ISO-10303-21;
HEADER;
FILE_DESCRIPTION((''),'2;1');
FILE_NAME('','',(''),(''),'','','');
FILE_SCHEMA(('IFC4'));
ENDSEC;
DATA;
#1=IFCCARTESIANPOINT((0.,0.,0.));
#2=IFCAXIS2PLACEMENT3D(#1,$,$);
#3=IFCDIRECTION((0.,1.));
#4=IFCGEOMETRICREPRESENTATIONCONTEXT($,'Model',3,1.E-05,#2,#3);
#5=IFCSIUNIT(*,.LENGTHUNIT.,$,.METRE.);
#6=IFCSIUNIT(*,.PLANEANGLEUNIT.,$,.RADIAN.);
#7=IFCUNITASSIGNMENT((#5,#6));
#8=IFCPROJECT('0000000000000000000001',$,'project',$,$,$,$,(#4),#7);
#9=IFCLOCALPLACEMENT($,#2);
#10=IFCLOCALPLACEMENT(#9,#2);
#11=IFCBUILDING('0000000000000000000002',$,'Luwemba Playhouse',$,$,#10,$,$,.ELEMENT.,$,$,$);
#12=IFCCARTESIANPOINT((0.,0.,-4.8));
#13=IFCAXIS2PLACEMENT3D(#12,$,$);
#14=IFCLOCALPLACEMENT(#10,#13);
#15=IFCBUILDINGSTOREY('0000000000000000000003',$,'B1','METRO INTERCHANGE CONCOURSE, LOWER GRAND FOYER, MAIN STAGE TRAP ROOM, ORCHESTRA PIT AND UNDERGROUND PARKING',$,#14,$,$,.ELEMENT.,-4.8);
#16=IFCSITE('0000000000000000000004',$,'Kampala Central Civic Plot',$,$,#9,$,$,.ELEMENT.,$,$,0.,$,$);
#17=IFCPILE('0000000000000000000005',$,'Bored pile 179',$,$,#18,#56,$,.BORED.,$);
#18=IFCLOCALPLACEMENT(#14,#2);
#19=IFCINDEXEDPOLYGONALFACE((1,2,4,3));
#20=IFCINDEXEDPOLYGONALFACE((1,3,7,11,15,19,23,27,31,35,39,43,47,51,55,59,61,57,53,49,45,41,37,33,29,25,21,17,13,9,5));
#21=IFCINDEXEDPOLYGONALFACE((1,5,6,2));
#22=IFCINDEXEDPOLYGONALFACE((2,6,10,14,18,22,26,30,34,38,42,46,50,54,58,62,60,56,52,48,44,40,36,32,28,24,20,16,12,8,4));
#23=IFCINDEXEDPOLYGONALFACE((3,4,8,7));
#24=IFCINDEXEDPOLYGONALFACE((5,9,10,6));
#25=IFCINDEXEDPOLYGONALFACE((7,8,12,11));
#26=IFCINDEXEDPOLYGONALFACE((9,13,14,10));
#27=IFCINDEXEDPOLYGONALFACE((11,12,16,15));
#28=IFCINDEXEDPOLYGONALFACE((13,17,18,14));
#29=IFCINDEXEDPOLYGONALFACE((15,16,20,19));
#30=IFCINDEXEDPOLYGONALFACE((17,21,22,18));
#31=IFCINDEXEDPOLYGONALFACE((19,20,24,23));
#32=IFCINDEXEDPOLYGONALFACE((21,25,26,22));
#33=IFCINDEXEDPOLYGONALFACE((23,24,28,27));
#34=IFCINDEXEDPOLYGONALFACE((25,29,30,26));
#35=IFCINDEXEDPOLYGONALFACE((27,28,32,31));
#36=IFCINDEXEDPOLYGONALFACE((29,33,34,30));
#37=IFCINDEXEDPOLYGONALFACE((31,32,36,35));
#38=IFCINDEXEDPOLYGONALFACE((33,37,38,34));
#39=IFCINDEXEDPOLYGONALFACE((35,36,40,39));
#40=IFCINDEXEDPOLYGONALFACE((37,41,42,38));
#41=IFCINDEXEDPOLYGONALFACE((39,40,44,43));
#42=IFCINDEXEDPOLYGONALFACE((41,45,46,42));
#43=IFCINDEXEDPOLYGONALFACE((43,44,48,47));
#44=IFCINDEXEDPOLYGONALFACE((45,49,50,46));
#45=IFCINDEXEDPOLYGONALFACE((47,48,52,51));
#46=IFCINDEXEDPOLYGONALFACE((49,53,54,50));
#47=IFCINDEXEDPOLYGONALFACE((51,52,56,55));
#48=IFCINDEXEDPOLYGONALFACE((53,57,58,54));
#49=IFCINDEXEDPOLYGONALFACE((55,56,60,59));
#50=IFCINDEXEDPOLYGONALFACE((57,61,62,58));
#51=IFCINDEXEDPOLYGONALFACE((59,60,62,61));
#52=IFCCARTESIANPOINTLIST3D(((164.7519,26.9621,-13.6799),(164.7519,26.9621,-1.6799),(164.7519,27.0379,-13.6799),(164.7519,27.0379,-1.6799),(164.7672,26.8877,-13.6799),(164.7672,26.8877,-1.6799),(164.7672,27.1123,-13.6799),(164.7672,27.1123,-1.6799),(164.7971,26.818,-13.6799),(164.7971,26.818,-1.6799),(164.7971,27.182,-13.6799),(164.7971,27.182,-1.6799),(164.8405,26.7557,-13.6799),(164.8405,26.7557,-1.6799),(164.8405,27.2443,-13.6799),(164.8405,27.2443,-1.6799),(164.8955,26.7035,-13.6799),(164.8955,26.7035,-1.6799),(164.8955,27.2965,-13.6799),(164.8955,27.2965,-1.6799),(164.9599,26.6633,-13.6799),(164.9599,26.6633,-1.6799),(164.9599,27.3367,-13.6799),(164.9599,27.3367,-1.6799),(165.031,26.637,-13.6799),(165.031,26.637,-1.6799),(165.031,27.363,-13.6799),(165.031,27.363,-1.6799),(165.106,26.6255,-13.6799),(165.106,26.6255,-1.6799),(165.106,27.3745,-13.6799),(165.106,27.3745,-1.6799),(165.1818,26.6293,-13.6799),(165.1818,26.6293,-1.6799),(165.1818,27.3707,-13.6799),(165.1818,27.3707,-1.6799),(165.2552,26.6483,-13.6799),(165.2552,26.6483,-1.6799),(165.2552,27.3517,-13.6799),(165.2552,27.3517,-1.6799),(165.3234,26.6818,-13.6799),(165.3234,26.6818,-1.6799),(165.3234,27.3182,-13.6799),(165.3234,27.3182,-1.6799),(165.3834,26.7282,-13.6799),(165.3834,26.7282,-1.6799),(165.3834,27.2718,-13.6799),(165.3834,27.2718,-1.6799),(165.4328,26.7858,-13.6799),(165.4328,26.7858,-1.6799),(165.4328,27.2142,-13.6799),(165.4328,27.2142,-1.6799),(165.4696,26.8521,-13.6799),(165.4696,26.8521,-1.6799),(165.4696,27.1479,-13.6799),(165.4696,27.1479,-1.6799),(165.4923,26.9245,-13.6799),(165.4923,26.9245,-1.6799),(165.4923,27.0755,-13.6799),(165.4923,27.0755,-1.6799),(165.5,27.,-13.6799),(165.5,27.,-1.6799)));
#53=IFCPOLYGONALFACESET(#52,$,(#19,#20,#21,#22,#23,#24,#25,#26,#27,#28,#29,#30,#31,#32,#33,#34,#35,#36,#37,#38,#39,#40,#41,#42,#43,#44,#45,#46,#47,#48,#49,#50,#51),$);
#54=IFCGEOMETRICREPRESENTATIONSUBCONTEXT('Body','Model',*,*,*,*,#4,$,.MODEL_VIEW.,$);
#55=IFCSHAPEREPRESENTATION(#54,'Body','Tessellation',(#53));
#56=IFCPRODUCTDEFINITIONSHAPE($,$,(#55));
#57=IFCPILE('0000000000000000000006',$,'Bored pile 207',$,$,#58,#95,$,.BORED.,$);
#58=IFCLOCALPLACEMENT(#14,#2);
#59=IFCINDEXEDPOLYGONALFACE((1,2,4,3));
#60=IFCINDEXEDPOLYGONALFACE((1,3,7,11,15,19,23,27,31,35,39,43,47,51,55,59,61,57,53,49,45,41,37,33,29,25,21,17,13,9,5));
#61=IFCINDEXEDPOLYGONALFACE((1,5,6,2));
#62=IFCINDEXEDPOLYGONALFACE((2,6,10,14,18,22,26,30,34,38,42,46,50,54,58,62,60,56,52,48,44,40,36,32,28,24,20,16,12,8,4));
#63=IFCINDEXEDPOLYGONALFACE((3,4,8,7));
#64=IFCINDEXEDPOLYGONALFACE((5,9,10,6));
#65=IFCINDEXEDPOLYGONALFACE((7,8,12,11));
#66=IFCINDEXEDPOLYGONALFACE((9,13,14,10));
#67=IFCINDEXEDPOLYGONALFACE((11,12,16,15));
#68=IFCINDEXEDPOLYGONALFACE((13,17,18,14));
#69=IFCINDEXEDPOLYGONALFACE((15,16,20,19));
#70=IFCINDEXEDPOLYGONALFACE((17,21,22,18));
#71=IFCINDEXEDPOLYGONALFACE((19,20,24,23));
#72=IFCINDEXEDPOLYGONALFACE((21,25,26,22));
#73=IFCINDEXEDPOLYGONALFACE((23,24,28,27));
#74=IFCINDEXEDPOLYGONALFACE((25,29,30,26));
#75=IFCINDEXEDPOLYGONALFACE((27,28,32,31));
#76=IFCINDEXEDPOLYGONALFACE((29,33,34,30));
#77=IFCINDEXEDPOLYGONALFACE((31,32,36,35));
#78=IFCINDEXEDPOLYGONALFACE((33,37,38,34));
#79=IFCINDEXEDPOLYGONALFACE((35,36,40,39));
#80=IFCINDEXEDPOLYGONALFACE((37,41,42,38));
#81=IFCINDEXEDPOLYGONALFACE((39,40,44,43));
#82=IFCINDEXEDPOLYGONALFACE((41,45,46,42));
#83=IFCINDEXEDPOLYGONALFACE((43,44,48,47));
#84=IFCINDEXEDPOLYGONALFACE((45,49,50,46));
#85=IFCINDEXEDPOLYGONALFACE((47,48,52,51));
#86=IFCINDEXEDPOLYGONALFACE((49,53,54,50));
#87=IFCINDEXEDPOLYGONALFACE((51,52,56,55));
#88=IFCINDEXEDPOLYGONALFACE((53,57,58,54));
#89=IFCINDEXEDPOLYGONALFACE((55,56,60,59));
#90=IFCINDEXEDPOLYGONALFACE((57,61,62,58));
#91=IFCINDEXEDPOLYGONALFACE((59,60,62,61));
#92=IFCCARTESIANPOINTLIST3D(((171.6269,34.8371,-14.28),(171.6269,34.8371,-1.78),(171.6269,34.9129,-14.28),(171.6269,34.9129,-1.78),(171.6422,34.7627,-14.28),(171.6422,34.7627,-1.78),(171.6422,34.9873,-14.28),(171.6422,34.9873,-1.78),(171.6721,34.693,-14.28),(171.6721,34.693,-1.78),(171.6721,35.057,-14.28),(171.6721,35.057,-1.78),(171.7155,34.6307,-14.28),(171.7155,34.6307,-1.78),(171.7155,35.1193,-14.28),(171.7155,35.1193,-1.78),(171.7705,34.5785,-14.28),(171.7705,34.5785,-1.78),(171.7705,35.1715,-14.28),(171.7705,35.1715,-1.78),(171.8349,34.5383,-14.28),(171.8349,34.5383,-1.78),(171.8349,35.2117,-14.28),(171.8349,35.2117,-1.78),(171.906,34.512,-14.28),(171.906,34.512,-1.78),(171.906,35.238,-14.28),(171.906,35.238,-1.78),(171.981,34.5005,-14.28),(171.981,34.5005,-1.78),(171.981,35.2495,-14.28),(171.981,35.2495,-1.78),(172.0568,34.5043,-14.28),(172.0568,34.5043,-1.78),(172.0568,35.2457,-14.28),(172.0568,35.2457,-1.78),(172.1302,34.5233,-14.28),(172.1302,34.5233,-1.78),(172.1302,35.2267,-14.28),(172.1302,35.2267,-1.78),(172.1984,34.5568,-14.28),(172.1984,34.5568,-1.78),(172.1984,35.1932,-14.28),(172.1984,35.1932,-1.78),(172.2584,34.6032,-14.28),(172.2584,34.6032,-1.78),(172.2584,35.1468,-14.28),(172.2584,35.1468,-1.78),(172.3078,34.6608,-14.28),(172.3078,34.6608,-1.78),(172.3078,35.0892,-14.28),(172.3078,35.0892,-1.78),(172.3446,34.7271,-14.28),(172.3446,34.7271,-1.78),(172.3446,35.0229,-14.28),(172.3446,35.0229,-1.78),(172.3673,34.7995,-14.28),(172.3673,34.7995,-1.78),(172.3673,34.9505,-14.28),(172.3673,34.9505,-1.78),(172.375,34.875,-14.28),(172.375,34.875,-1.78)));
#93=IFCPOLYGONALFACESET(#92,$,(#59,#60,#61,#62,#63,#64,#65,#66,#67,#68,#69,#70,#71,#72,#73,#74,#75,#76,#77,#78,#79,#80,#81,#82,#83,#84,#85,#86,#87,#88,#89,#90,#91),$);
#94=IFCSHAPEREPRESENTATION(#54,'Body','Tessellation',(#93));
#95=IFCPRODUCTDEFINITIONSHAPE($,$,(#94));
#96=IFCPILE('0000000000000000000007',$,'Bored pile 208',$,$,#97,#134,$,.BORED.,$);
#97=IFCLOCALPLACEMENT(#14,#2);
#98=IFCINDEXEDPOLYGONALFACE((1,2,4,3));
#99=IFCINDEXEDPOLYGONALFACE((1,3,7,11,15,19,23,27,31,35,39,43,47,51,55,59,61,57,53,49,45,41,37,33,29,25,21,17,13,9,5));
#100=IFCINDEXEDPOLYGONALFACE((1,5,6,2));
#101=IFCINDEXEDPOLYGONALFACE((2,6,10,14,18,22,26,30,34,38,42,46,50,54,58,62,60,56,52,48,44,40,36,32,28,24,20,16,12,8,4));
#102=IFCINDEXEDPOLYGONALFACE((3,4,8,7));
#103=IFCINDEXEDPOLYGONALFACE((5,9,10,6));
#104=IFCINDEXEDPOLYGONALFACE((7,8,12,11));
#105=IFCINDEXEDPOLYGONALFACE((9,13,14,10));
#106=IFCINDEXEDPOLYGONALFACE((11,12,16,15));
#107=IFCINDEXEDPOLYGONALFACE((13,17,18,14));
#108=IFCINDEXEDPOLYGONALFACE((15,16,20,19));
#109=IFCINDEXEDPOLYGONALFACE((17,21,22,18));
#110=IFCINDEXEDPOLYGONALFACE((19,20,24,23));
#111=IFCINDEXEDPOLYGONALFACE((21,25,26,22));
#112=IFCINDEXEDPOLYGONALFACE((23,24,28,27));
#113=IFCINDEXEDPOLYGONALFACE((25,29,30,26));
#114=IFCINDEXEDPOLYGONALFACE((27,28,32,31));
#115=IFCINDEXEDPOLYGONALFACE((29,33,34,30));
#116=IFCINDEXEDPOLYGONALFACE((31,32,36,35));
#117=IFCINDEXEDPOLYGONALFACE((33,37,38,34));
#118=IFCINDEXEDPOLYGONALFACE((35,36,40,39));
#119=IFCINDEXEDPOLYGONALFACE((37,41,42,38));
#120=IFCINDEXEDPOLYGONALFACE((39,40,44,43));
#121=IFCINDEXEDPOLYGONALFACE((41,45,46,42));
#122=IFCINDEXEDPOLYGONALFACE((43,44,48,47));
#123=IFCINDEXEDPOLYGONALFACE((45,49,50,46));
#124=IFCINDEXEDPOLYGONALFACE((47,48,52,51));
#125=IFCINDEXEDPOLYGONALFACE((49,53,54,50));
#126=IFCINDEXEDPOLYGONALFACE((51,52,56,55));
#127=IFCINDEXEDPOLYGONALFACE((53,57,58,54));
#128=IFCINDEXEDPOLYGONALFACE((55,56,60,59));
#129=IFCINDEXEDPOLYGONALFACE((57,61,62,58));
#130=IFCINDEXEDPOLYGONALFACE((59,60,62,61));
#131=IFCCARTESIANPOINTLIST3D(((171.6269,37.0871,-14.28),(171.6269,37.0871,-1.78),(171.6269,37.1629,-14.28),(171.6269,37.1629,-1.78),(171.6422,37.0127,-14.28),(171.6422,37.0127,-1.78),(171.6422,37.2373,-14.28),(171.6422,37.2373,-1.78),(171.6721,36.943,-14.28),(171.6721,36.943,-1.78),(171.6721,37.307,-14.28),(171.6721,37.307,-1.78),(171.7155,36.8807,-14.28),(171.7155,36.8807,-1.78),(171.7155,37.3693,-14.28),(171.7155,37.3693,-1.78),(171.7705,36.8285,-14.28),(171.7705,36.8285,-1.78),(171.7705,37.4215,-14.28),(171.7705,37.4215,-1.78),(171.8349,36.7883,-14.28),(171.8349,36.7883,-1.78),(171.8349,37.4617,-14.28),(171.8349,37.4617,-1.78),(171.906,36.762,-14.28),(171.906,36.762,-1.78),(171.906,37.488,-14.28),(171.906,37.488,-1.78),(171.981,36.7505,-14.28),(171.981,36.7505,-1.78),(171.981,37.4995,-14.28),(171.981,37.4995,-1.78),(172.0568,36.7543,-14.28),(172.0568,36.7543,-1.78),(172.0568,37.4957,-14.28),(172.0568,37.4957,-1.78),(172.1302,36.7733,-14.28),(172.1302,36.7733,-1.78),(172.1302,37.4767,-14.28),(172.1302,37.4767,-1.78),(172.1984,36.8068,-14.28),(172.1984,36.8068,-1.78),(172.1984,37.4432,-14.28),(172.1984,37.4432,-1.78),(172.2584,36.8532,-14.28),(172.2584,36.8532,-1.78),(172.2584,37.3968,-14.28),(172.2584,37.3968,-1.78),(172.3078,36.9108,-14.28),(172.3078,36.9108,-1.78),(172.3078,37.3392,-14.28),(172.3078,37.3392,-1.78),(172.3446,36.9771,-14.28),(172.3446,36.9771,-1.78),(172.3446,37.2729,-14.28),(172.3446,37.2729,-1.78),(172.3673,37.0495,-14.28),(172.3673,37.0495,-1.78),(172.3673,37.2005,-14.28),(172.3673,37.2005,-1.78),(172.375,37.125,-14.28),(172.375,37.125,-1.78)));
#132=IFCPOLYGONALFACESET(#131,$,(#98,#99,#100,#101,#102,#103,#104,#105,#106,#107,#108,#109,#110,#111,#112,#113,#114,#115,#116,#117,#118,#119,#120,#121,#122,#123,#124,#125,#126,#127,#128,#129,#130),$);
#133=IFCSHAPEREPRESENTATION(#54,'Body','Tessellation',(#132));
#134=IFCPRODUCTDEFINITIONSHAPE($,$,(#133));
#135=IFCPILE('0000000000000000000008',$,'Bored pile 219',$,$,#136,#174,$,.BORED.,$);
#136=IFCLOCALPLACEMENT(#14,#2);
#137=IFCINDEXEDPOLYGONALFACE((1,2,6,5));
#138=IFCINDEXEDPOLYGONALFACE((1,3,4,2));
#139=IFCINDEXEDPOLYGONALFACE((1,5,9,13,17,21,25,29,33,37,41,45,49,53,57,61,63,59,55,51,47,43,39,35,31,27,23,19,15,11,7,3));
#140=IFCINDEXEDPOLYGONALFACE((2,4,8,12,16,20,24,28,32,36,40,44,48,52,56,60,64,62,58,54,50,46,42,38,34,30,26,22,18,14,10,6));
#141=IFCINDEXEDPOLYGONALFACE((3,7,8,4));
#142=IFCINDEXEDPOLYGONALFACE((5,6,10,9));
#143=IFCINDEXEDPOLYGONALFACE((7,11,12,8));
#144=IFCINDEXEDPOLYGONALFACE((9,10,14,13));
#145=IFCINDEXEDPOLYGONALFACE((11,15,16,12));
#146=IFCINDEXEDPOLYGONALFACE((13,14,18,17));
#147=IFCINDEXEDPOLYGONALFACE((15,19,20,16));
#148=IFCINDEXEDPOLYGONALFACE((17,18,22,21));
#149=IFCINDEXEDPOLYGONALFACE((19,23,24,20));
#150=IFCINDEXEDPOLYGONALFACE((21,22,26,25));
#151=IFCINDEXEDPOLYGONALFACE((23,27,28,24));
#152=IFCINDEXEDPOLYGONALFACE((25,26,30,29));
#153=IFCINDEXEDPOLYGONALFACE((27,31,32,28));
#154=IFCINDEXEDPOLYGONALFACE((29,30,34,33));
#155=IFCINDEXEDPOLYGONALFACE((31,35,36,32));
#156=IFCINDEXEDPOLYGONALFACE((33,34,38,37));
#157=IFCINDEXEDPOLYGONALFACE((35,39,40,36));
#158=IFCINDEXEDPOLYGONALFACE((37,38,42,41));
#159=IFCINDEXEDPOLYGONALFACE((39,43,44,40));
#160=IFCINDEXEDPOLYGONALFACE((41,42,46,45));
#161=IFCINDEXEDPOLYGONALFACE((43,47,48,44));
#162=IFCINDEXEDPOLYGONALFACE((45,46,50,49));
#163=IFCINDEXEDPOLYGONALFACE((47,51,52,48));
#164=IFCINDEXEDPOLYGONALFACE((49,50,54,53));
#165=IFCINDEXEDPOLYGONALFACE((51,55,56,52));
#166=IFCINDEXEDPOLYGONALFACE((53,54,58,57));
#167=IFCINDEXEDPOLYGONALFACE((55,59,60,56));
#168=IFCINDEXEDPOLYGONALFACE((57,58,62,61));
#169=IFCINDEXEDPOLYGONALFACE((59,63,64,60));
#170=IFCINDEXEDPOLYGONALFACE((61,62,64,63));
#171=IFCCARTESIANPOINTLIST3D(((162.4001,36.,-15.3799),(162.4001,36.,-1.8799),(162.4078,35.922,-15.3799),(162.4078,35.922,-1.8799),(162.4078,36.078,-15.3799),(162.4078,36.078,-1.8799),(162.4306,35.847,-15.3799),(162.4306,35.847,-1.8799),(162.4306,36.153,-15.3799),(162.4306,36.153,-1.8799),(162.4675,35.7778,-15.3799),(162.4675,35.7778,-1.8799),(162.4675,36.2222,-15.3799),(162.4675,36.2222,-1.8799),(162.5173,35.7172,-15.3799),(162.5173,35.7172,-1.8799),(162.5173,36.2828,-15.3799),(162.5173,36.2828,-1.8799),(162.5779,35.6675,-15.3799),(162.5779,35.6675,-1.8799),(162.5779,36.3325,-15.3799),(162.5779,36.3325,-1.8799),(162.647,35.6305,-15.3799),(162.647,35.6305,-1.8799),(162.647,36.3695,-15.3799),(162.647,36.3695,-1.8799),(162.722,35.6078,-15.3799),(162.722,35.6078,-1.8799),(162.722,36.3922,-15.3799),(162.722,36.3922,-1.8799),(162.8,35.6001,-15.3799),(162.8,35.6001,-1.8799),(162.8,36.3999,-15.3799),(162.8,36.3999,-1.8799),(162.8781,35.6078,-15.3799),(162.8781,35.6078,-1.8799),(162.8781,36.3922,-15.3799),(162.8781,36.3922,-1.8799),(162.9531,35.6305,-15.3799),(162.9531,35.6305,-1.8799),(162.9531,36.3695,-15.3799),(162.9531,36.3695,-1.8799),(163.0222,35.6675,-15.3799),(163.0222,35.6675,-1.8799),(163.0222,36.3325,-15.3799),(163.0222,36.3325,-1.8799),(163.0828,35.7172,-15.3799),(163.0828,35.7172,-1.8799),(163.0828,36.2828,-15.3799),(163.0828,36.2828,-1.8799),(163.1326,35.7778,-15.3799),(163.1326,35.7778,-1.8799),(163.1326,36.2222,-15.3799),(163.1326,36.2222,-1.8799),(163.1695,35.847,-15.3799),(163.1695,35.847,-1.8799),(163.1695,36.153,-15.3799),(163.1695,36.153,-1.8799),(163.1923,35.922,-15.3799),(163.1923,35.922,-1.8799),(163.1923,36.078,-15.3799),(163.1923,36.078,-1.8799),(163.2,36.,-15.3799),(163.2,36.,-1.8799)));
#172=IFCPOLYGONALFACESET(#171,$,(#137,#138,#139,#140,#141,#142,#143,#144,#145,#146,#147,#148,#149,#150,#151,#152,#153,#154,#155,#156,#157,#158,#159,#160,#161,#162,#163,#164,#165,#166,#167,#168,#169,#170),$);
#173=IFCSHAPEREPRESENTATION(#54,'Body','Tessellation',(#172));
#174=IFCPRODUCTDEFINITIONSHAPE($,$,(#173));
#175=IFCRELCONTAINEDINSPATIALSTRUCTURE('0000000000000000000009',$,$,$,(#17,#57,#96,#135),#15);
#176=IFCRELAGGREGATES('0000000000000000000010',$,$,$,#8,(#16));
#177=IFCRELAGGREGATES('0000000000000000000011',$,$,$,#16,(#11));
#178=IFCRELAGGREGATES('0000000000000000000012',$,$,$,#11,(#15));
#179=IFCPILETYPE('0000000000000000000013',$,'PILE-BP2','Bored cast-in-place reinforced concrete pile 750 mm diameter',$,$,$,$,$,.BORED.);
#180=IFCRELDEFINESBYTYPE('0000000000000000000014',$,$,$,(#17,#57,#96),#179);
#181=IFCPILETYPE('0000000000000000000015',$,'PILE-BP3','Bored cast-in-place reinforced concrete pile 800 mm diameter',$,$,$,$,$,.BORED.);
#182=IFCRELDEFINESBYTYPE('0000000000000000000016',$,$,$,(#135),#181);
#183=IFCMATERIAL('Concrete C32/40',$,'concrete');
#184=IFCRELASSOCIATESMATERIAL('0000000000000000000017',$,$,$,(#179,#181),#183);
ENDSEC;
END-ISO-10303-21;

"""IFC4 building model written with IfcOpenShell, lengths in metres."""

from ifc_helpers import new_model, si_unit, direction, frame, origin, origin_2d, place, context, subcontext, project, spatial, circle, extrude, material, material_profile, profile_set, type_object, element, save


model = new_model("IFC4")

# Units and contexts
model_context = context("Model", 3, precision=1e-05, world=origin(), true_north=direction((0.0, 1.0)))
body_context = subcontext(model_context, "Body", "Model", "MODEL_VIEW")
ifc_project = project(units=[si_unit("LENGTHUNIT", "METRE"), si_unit("PLANEANGLEUNIT", "RADIAN")], contexts=[model_context])

# Site, building, storey
site_placement = place(None, origin())
site = spatial("IfcSite", under=ifc_project, at=site_placement, Name="Kampala Central Civic Plot", CompositionType="ELEMENT", RefElevation=0.0)
building_placement = place(site_placement, origin())
building = spatial("IfcBuilding", under=site, at=building_placement, Name="Luwemba Playhouse", CompositionType="ELEMENT")
storey_placement = place(building_placement, frame((0.0, 0.0, -4.8)))
storey = spatial("IfcBuildingStorey", under=building, at=storey_placement, Name="B1", Description="METRO INTERCHANGE CONCOURSE, LOWER GRAND FOYER, MAIN STAGE TRAP ROOM, ORCHESTRA PIT AND UNDERGROUND PARKING", CompositionType="ELEMENT", Elevation=-4.8)

# Shared definitions
ifc_material_1 = material(Name="Concrete C32/40", Category="concrete")

# Piles
ifc_material_profile_1 = material_profile(ifc_material_1, circle(Radius=0.375, at=origin_2d()))
ifc_profile_set_1 = profile_set([ifc_material_profile_1], Name="Concrete C32/40")
pile_type_1 = type_object("IfcPileType", Name="PILE-BP2", Description="Bored cast-in-place reinforced concrete pile 750 mm diameter", PredefinedType="BORED", material=ifc_profile_set_1)
for number, where, z_axis, x_axis, name in (
    (1, (165.125, 27.0, -1.6799), (0.0, 0.0, -1.0), (1.0, 0.0, 0.0), "Bored pile 179"),
):
    element("IfcPile", number, at=place(storey_placement, frame(where, z_axis=z_axis, x_axis=x_axis)), inside=storey, type_object=pile_type_1, Name=name, PredefinedType="BORED", context=body_context, shape_type="SweptSolid", body=[
        extrude(circle(Radius=0.375, at=origin_2d()), origin(), (0.0, 0.0, 1.0), 12.0),
    ])
for number, where, z_axis, x_axis, name in (
    (2, (172.0, 34.875, -1.78), (0.0, 0.0, -1.0), (1.0, 0.0, 0.0), "Bored pile 207"),
    (3, (172.0, 37.125, -1.78), (0.0, 0.0, -1.0), (1.0, 0.0, 0.0), "Bored pile 208"),
):
    element("IfcPile", number, at=place(storey_placement, frame(where, z_axis=z_axis, x_axis=x_axis)), inside=storey, type_object=pile_type_1, Name=name, PredefinedType="BORED", context=body_context, shape_type="SweptSolid", body=[
        extrude(circle(Radius=0.375, at=origin_2d()), origin(), (0.0, 0.0, 1.0), 12.5),
    ])
ifc_material_profile_2 = material_profile(ifc_material_1, circle(Radius=0.3999, at=origin_2d()))
ifc_profile_set_2 = profile_set([ifc_material_profile_2], Name="Concrete C32/40")
pile_type_2 = type_object("IfcPileType", Name="PILE-BP3", Description="Bored cast-in-place reinforced concrete pile 800 mm diameter", PredefinedType="BORED", material=ifc_profile_set_2)
for number, where, z_axis, x_axis, name in (
    (4, (162.8, 36.0, -1.8799), (0.0, 0.0, -1.0), (1.0, 0.0, 0.0), "Bored pile 219"),
):
    element("IfcPile", number, at=place(storey_placement, frame(where, z_axis=z_axis, x_axis=x_axis)), inside=storey, type_object=pile_type_2, Name=name, PredefinedType="BORED", context=body_context, shape_type="SweptSolid", body=[
        extrude(circle(Radius=0.3999, at=origin_2d()), origin(), (0.0, 0.0, 1.0), 13.5),
    ])

save(model, "model.ifc")
